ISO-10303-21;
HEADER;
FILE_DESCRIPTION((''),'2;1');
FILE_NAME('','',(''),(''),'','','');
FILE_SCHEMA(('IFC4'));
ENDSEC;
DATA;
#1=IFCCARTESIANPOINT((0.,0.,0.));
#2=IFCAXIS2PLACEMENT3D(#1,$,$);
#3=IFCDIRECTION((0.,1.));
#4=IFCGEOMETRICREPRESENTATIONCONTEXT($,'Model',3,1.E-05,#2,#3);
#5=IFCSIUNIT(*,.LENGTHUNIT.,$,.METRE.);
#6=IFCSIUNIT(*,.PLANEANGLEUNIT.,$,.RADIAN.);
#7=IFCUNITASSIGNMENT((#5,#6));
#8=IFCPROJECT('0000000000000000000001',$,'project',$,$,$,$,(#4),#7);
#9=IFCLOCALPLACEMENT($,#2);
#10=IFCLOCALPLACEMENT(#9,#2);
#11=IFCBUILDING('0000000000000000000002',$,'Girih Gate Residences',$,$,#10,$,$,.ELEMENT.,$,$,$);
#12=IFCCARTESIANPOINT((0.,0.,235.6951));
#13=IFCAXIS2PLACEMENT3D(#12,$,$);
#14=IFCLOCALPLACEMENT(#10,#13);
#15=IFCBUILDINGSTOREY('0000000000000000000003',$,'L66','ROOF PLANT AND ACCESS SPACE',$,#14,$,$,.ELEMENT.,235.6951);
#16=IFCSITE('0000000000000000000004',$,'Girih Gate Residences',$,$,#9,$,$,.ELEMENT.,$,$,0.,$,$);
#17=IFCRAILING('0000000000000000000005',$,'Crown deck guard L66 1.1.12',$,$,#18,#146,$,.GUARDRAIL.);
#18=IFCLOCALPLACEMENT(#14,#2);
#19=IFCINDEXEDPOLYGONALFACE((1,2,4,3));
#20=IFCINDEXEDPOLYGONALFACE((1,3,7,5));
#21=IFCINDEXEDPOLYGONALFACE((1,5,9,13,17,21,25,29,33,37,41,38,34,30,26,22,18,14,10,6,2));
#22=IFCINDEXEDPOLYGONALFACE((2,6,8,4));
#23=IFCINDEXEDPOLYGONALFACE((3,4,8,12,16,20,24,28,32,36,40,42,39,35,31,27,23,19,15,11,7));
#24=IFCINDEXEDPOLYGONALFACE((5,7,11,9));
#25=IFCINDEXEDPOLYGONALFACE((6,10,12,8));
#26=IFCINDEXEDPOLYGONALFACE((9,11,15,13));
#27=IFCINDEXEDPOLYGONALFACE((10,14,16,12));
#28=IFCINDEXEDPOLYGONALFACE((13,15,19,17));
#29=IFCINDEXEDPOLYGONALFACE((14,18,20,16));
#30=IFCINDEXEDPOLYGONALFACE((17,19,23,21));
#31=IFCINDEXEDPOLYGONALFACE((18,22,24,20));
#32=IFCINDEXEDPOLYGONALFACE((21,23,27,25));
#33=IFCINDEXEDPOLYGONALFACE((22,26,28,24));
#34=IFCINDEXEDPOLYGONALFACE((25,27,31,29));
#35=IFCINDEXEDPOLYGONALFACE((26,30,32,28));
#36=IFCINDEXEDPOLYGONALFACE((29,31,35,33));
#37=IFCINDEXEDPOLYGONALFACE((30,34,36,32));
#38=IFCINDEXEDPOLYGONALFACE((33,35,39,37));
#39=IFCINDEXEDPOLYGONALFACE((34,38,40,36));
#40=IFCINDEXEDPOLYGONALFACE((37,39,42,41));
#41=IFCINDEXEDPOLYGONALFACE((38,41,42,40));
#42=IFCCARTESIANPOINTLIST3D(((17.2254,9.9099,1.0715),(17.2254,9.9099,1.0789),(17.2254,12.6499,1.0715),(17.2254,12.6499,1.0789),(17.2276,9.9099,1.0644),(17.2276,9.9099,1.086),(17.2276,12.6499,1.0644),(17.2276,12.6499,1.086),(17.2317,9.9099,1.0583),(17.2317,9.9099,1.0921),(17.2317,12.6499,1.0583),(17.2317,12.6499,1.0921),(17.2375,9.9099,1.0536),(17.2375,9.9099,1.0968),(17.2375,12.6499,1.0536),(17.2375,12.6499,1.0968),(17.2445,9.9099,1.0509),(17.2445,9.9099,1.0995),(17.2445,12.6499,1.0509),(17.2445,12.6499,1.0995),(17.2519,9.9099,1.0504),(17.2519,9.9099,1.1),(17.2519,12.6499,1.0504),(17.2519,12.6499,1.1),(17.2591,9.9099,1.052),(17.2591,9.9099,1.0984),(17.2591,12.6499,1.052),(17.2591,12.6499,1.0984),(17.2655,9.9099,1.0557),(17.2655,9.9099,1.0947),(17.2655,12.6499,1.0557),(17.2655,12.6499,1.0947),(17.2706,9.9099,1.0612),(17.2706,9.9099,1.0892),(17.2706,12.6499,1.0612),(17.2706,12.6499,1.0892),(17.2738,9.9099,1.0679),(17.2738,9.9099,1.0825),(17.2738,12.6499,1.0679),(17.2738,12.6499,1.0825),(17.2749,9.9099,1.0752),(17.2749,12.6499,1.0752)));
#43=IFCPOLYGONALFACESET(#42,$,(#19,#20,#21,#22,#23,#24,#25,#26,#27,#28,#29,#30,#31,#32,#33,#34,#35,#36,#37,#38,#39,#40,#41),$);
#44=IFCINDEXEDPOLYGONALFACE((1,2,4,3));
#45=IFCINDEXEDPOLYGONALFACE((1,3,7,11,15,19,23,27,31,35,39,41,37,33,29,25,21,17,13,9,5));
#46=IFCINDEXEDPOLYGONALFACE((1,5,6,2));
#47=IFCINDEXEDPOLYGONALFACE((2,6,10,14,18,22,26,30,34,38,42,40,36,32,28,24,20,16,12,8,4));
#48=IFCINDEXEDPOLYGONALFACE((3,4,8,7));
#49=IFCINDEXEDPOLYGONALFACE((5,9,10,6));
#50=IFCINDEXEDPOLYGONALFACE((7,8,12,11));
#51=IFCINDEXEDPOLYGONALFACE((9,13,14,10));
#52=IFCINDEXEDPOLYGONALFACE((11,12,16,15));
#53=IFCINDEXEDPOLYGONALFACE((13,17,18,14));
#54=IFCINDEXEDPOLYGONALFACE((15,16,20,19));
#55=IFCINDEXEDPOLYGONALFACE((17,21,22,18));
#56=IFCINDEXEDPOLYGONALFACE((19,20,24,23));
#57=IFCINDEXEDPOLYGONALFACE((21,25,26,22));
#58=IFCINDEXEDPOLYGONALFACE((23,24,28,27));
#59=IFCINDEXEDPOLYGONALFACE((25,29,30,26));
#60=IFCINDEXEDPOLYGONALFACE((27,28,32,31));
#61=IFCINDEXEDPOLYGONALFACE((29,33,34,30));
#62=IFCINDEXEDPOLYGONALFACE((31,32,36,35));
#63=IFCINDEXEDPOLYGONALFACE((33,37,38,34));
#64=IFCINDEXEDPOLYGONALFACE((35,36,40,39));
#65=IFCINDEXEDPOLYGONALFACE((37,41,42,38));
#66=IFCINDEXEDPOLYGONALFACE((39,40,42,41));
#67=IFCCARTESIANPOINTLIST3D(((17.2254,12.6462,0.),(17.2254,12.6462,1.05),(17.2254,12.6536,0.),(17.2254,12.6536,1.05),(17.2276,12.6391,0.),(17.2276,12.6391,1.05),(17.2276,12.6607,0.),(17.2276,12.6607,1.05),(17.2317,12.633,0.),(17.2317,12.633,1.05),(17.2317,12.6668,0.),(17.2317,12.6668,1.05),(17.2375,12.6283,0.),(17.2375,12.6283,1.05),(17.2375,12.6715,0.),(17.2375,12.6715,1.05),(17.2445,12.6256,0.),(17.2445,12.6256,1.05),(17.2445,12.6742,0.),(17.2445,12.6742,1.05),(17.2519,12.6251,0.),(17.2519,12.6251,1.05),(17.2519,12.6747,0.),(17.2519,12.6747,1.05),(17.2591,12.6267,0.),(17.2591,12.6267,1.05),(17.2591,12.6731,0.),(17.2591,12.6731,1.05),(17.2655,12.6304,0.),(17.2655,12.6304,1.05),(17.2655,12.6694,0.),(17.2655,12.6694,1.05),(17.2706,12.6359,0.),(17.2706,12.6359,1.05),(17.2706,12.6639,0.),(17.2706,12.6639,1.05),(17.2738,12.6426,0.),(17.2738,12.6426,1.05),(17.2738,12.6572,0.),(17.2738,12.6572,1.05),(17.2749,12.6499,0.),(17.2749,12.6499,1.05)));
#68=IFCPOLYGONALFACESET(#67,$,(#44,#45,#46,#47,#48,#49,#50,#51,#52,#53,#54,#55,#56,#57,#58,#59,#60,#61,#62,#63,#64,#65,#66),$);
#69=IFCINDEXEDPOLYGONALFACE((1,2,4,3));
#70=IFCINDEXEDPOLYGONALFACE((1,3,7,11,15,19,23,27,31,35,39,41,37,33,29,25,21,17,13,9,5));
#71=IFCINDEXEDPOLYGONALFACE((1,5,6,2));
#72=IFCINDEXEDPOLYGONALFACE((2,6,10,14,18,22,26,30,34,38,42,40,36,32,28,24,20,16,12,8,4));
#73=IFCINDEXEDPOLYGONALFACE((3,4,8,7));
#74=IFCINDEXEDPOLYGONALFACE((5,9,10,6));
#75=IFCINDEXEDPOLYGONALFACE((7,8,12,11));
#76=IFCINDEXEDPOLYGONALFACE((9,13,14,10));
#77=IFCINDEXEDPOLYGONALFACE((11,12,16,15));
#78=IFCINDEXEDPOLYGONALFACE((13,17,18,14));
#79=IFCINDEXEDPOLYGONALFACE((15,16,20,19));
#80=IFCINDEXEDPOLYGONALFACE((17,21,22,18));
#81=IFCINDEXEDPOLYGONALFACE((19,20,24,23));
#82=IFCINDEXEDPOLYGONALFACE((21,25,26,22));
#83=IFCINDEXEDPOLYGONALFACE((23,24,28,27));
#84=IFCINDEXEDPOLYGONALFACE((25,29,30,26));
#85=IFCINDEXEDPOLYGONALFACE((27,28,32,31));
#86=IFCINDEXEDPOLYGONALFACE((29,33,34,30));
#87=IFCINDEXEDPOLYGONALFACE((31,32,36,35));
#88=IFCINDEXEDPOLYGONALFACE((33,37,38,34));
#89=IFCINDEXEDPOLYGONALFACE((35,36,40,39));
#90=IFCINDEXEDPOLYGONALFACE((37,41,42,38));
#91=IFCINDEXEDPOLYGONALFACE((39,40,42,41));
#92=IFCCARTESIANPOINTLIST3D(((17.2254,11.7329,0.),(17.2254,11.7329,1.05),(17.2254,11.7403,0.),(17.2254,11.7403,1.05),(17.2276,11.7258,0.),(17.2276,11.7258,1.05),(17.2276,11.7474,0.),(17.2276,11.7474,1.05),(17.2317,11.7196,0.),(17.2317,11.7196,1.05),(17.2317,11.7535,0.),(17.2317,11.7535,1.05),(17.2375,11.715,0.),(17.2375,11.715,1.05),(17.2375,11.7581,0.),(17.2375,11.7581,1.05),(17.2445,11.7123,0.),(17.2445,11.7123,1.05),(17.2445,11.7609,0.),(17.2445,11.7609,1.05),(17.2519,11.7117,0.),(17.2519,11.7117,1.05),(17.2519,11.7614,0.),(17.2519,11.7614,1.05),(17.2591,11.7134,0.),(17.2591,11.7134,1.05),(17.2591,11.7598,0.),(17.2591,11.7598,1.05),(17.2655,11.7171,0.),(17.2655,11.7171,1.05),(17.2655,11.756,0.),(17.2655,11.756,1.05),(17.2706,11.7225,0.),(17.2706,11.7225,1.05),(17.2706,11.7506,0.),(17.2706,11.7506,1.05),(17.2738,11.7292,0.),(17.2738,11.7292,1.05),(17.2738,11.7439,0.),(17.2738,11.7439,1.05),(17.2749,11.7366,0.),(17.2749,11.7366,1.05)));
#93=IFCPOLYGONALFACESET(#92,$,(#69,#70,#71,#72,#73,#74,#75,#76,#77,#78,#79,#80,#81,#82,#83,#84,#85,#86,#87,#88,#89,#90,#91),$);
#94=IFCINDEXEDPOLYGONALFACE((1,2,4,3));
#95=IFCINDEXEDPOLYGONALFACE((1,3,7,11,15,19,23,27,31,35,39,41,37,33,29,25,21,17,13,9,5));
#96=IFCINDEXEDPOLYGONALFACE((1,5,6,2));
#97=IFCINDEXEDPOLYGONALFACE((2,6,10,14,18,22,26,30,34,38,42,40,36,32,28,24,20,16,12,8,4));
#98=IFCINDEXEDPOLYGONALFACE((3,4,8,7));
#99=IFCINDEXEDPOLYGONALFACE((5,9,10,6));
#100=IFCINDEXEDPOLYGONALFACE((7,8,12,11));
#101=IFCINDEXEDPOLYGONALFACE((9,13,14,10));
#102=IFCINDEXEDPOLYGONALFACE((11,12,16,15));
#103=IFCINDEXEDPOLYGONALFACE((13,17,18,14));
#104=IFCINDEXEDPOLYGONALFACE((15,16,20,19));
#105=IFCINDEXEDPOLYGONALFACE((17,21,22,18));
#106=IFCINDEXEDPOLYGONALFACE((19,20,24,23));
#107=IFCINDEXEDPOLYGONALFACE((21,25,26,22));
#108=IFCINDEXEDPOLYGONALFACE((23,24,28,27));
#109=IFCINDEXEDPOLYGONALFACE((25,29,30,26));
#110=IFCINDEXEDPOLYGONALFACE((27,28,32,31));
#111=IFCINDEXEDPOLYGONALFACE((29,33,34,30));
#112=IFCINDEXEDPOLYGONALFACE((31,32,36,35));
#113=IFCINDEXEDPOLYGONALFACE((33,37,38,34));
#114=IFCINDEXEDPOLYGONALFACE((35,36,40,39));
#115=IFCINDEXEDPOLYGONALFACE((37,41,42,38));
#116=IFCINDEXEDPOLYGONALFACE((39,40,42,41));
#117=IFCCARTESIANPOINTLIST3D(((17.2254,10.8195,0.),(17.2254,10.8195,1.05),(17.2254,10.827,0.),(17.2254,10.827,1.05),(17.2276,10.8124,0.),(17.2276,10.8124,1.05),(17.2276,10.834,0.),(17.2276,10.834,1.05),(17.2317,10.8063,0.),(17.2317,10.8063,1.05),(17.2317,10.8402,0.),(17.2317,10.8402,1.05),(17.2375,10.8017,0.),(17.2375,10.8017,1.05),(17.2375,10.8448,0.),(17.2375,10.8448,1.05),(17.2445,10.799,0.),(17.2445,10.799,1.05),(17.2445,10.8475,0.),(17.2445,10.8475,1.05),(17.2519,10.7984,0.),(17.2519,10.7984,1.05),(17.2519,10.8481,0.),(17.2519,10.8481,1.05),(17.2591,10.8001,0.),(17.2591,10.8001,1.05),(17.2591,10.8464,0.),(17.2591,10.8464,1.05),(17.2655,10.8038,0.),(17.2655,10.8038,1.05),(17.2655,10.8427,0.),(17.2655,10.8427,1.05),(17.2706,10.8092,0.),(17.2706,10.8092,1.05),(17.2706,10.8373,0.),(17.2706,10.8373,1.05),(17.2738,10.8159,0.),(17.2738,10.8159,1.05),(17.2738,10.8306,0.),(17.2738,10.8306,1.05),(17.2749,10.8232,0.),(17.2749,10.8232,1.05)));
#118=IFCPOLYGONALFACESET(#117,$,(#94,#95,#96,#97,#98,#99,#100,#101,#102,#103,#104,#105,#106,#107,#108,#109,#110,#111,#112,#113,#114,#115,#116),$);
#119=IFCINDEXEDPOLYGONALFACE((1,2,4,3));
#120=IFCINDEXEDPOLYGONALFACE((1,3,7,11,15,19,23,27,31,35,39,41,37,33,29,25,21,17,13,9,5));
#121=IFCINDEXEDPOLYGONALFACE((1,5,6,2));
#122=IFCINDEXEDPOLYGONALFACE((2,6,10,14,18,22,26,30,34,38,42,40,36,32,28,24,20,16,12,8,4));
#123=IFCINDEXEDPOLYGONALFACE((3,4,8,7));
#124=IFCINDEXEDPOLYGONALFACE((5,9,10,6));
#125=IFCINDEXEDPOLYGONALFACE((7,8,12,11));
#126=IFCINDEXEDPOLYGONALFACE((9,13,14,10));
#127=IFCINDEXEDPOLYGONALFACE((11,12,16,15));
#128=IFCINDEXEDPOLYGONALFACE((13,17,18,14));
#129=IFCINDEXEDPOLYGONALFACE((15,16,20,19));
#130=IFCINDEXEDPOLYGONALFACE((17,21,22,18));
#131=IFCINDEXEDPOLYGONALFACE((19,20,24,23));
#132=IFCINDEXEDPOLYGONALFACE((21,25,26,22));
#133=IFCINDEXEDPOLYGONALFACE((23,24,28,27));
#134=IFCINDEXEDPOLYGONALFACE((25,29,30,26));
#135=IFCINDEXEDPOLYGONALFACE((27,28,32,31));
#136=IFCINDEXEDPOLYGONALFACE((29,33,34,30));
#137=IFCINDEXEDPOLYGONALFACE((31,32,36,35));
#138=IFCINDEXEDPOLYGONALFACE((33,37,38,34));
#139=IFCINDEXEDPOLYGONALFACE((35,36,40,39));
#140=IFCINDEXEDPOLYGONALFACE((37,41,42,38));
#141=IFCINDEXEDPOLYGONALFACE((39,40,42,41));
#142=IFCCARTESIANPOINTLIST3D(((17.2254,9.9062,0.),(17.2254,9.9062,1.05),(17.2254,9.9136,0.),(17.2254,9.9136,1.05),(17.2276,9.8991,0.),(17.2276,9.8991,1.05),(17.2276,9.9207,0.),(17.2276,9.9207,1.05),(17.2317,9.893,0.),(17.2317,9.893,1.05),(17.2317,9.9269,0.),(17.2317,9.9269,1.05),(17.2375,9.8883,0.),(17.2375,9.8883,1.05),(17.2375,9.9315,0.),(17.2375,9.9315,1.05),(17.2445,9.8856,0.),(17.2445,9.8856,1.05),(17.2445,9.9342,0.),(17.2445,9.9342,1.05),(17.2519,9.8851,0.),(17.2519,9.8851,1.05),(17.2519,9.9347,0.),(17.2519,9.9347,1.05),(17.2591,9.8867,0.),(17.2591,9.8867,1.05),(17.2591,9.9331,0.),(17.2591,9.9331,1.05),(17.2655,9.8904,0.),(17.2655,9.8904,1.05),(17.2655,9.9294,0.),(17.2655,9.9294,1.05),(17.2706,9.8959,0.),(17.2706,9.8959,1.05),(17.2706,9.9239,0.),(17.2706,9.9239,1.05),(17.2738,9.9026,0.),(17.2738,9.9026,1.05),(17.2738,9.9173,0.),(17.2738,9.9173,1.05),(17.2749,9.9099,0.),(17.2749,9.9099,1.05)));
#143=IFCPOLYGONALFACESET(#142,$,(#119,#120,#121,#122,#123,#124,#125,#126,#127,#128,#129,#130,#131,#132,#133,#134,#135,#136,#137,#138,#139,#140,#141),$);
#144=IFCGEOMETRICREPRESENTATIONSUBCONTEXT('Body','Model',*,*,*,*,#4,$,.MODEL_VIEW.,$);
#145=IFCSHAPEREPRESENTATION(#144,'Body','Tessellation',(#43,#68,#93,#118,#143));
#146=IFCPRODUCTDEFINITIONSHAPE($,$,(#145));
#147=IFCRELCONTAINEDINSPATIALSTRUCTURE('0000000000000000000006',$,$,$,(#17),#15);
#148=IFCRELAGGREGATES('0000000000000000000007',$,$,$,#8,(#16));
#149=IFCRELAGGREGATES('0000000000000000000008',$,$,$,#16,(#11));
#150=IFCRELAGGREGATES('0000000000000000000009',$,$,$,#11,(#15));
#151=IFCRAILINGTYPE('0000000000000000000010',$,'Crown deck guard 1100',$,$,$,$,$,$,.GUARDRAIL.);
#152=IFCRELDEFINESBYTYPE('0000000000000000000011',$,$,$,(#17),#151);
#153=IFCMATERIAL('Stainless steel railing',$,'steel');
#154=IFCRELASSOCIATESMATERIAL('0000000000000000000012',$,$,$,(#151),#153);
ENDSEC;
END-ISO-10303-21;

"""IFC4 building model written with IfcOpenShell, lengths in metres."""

from ifc_helpers import new_model, si_unit, direction, frame, origin, origin_2d, place, context, subcontext, project, spatial, circle, extrude, material, type_object, element, save


model = new_model("IFC4")

# Units and contexts
model_context = context("Model", 3, precision=1e-05, world=origin(), true_north=direction((0.0, 1.0)))
body_context = subcontext(model_context, "Body", "Model", "MODEL_VIEW")
ifc_project = project(units=[si_unit("LENGTHUNIT", "METRE"), si_unit("PLANEANGLEUNIT", "RADIAN")], contexts=[model_context])

# Site, building, storey
site_placement = place(None, origin())
site = spatial("IfcSite", under=ifc_project, at=site_placement, Name="Girih Gate Residences", CompositionType="ELEMENT", RefElevation=0.0)
building_placement = place(site_placement, origin())
building = spatial("IfcBuilding", under=site, at=building_placement, Name="Girih Gate Residences", CompositionType="ELEMENT")
storey_placement = place(building_placement, frame((0.0, 0.0, 235.6951)))
storey = spatial("IfcBuildingStorey", under=building, at=storey_placement, Name="L66", Description="ROOF PLANT AND ACCESS SPACE", CompositionType="ELEMENT", Elevation=235.6951)

# Railing
ifc_material_1 = material(Name="Stainless steel railing", Category="steel")
railing_type = type_object("IfcRailingType", Name="Crown deck guard 1100", PredefinedType="GUARDRAIL", material=ifc_material_1)
railing_1_placement = place(storey_placement, frame((17.25, 12.6499, 0.0)))
element("IfcRailing", 1, at=railing_1_placement, inside=storey, type_object=railing_type, Name="Crown deck guard L66 1.1.12", PredefinedType="GUARDRAIL", context=body_context, shape_type="SweptSolid", body=[
    extrude(circle(Radius=0.0249, at=origin_2d()), frame((0.0, 0.0, 1.0752), z_axis=(0.0, -1.0, 0.0), x_axis=(1.0, 0.0, 0.0)), (0.0, 0.0, 1.0), 2.74),
    extrude(circle(Radius=0.0249, at=origin_2d()), origin(), (0.0, 0.0, 1.0), 1.05),
    extrude(circle(Radius=0.0249, at=origin_2d()), frame((0.0, -0.9133, 0.0)), (0.0, 0.0, 1.0), 1.05),
    extrude(circle(Radius=0.0249, at=origin_2d()), frame((0.0, -1.8267, 0.0)), (0.0, 0.0, 1.0), 1.05),
    extrude(circle(Radius=0.0249, at=origin_2d()), frame((0.0, -2.74, 0.0)), (0.0, 0.0, 1.0), 1.05),
])

save(model, "model.ifc")
